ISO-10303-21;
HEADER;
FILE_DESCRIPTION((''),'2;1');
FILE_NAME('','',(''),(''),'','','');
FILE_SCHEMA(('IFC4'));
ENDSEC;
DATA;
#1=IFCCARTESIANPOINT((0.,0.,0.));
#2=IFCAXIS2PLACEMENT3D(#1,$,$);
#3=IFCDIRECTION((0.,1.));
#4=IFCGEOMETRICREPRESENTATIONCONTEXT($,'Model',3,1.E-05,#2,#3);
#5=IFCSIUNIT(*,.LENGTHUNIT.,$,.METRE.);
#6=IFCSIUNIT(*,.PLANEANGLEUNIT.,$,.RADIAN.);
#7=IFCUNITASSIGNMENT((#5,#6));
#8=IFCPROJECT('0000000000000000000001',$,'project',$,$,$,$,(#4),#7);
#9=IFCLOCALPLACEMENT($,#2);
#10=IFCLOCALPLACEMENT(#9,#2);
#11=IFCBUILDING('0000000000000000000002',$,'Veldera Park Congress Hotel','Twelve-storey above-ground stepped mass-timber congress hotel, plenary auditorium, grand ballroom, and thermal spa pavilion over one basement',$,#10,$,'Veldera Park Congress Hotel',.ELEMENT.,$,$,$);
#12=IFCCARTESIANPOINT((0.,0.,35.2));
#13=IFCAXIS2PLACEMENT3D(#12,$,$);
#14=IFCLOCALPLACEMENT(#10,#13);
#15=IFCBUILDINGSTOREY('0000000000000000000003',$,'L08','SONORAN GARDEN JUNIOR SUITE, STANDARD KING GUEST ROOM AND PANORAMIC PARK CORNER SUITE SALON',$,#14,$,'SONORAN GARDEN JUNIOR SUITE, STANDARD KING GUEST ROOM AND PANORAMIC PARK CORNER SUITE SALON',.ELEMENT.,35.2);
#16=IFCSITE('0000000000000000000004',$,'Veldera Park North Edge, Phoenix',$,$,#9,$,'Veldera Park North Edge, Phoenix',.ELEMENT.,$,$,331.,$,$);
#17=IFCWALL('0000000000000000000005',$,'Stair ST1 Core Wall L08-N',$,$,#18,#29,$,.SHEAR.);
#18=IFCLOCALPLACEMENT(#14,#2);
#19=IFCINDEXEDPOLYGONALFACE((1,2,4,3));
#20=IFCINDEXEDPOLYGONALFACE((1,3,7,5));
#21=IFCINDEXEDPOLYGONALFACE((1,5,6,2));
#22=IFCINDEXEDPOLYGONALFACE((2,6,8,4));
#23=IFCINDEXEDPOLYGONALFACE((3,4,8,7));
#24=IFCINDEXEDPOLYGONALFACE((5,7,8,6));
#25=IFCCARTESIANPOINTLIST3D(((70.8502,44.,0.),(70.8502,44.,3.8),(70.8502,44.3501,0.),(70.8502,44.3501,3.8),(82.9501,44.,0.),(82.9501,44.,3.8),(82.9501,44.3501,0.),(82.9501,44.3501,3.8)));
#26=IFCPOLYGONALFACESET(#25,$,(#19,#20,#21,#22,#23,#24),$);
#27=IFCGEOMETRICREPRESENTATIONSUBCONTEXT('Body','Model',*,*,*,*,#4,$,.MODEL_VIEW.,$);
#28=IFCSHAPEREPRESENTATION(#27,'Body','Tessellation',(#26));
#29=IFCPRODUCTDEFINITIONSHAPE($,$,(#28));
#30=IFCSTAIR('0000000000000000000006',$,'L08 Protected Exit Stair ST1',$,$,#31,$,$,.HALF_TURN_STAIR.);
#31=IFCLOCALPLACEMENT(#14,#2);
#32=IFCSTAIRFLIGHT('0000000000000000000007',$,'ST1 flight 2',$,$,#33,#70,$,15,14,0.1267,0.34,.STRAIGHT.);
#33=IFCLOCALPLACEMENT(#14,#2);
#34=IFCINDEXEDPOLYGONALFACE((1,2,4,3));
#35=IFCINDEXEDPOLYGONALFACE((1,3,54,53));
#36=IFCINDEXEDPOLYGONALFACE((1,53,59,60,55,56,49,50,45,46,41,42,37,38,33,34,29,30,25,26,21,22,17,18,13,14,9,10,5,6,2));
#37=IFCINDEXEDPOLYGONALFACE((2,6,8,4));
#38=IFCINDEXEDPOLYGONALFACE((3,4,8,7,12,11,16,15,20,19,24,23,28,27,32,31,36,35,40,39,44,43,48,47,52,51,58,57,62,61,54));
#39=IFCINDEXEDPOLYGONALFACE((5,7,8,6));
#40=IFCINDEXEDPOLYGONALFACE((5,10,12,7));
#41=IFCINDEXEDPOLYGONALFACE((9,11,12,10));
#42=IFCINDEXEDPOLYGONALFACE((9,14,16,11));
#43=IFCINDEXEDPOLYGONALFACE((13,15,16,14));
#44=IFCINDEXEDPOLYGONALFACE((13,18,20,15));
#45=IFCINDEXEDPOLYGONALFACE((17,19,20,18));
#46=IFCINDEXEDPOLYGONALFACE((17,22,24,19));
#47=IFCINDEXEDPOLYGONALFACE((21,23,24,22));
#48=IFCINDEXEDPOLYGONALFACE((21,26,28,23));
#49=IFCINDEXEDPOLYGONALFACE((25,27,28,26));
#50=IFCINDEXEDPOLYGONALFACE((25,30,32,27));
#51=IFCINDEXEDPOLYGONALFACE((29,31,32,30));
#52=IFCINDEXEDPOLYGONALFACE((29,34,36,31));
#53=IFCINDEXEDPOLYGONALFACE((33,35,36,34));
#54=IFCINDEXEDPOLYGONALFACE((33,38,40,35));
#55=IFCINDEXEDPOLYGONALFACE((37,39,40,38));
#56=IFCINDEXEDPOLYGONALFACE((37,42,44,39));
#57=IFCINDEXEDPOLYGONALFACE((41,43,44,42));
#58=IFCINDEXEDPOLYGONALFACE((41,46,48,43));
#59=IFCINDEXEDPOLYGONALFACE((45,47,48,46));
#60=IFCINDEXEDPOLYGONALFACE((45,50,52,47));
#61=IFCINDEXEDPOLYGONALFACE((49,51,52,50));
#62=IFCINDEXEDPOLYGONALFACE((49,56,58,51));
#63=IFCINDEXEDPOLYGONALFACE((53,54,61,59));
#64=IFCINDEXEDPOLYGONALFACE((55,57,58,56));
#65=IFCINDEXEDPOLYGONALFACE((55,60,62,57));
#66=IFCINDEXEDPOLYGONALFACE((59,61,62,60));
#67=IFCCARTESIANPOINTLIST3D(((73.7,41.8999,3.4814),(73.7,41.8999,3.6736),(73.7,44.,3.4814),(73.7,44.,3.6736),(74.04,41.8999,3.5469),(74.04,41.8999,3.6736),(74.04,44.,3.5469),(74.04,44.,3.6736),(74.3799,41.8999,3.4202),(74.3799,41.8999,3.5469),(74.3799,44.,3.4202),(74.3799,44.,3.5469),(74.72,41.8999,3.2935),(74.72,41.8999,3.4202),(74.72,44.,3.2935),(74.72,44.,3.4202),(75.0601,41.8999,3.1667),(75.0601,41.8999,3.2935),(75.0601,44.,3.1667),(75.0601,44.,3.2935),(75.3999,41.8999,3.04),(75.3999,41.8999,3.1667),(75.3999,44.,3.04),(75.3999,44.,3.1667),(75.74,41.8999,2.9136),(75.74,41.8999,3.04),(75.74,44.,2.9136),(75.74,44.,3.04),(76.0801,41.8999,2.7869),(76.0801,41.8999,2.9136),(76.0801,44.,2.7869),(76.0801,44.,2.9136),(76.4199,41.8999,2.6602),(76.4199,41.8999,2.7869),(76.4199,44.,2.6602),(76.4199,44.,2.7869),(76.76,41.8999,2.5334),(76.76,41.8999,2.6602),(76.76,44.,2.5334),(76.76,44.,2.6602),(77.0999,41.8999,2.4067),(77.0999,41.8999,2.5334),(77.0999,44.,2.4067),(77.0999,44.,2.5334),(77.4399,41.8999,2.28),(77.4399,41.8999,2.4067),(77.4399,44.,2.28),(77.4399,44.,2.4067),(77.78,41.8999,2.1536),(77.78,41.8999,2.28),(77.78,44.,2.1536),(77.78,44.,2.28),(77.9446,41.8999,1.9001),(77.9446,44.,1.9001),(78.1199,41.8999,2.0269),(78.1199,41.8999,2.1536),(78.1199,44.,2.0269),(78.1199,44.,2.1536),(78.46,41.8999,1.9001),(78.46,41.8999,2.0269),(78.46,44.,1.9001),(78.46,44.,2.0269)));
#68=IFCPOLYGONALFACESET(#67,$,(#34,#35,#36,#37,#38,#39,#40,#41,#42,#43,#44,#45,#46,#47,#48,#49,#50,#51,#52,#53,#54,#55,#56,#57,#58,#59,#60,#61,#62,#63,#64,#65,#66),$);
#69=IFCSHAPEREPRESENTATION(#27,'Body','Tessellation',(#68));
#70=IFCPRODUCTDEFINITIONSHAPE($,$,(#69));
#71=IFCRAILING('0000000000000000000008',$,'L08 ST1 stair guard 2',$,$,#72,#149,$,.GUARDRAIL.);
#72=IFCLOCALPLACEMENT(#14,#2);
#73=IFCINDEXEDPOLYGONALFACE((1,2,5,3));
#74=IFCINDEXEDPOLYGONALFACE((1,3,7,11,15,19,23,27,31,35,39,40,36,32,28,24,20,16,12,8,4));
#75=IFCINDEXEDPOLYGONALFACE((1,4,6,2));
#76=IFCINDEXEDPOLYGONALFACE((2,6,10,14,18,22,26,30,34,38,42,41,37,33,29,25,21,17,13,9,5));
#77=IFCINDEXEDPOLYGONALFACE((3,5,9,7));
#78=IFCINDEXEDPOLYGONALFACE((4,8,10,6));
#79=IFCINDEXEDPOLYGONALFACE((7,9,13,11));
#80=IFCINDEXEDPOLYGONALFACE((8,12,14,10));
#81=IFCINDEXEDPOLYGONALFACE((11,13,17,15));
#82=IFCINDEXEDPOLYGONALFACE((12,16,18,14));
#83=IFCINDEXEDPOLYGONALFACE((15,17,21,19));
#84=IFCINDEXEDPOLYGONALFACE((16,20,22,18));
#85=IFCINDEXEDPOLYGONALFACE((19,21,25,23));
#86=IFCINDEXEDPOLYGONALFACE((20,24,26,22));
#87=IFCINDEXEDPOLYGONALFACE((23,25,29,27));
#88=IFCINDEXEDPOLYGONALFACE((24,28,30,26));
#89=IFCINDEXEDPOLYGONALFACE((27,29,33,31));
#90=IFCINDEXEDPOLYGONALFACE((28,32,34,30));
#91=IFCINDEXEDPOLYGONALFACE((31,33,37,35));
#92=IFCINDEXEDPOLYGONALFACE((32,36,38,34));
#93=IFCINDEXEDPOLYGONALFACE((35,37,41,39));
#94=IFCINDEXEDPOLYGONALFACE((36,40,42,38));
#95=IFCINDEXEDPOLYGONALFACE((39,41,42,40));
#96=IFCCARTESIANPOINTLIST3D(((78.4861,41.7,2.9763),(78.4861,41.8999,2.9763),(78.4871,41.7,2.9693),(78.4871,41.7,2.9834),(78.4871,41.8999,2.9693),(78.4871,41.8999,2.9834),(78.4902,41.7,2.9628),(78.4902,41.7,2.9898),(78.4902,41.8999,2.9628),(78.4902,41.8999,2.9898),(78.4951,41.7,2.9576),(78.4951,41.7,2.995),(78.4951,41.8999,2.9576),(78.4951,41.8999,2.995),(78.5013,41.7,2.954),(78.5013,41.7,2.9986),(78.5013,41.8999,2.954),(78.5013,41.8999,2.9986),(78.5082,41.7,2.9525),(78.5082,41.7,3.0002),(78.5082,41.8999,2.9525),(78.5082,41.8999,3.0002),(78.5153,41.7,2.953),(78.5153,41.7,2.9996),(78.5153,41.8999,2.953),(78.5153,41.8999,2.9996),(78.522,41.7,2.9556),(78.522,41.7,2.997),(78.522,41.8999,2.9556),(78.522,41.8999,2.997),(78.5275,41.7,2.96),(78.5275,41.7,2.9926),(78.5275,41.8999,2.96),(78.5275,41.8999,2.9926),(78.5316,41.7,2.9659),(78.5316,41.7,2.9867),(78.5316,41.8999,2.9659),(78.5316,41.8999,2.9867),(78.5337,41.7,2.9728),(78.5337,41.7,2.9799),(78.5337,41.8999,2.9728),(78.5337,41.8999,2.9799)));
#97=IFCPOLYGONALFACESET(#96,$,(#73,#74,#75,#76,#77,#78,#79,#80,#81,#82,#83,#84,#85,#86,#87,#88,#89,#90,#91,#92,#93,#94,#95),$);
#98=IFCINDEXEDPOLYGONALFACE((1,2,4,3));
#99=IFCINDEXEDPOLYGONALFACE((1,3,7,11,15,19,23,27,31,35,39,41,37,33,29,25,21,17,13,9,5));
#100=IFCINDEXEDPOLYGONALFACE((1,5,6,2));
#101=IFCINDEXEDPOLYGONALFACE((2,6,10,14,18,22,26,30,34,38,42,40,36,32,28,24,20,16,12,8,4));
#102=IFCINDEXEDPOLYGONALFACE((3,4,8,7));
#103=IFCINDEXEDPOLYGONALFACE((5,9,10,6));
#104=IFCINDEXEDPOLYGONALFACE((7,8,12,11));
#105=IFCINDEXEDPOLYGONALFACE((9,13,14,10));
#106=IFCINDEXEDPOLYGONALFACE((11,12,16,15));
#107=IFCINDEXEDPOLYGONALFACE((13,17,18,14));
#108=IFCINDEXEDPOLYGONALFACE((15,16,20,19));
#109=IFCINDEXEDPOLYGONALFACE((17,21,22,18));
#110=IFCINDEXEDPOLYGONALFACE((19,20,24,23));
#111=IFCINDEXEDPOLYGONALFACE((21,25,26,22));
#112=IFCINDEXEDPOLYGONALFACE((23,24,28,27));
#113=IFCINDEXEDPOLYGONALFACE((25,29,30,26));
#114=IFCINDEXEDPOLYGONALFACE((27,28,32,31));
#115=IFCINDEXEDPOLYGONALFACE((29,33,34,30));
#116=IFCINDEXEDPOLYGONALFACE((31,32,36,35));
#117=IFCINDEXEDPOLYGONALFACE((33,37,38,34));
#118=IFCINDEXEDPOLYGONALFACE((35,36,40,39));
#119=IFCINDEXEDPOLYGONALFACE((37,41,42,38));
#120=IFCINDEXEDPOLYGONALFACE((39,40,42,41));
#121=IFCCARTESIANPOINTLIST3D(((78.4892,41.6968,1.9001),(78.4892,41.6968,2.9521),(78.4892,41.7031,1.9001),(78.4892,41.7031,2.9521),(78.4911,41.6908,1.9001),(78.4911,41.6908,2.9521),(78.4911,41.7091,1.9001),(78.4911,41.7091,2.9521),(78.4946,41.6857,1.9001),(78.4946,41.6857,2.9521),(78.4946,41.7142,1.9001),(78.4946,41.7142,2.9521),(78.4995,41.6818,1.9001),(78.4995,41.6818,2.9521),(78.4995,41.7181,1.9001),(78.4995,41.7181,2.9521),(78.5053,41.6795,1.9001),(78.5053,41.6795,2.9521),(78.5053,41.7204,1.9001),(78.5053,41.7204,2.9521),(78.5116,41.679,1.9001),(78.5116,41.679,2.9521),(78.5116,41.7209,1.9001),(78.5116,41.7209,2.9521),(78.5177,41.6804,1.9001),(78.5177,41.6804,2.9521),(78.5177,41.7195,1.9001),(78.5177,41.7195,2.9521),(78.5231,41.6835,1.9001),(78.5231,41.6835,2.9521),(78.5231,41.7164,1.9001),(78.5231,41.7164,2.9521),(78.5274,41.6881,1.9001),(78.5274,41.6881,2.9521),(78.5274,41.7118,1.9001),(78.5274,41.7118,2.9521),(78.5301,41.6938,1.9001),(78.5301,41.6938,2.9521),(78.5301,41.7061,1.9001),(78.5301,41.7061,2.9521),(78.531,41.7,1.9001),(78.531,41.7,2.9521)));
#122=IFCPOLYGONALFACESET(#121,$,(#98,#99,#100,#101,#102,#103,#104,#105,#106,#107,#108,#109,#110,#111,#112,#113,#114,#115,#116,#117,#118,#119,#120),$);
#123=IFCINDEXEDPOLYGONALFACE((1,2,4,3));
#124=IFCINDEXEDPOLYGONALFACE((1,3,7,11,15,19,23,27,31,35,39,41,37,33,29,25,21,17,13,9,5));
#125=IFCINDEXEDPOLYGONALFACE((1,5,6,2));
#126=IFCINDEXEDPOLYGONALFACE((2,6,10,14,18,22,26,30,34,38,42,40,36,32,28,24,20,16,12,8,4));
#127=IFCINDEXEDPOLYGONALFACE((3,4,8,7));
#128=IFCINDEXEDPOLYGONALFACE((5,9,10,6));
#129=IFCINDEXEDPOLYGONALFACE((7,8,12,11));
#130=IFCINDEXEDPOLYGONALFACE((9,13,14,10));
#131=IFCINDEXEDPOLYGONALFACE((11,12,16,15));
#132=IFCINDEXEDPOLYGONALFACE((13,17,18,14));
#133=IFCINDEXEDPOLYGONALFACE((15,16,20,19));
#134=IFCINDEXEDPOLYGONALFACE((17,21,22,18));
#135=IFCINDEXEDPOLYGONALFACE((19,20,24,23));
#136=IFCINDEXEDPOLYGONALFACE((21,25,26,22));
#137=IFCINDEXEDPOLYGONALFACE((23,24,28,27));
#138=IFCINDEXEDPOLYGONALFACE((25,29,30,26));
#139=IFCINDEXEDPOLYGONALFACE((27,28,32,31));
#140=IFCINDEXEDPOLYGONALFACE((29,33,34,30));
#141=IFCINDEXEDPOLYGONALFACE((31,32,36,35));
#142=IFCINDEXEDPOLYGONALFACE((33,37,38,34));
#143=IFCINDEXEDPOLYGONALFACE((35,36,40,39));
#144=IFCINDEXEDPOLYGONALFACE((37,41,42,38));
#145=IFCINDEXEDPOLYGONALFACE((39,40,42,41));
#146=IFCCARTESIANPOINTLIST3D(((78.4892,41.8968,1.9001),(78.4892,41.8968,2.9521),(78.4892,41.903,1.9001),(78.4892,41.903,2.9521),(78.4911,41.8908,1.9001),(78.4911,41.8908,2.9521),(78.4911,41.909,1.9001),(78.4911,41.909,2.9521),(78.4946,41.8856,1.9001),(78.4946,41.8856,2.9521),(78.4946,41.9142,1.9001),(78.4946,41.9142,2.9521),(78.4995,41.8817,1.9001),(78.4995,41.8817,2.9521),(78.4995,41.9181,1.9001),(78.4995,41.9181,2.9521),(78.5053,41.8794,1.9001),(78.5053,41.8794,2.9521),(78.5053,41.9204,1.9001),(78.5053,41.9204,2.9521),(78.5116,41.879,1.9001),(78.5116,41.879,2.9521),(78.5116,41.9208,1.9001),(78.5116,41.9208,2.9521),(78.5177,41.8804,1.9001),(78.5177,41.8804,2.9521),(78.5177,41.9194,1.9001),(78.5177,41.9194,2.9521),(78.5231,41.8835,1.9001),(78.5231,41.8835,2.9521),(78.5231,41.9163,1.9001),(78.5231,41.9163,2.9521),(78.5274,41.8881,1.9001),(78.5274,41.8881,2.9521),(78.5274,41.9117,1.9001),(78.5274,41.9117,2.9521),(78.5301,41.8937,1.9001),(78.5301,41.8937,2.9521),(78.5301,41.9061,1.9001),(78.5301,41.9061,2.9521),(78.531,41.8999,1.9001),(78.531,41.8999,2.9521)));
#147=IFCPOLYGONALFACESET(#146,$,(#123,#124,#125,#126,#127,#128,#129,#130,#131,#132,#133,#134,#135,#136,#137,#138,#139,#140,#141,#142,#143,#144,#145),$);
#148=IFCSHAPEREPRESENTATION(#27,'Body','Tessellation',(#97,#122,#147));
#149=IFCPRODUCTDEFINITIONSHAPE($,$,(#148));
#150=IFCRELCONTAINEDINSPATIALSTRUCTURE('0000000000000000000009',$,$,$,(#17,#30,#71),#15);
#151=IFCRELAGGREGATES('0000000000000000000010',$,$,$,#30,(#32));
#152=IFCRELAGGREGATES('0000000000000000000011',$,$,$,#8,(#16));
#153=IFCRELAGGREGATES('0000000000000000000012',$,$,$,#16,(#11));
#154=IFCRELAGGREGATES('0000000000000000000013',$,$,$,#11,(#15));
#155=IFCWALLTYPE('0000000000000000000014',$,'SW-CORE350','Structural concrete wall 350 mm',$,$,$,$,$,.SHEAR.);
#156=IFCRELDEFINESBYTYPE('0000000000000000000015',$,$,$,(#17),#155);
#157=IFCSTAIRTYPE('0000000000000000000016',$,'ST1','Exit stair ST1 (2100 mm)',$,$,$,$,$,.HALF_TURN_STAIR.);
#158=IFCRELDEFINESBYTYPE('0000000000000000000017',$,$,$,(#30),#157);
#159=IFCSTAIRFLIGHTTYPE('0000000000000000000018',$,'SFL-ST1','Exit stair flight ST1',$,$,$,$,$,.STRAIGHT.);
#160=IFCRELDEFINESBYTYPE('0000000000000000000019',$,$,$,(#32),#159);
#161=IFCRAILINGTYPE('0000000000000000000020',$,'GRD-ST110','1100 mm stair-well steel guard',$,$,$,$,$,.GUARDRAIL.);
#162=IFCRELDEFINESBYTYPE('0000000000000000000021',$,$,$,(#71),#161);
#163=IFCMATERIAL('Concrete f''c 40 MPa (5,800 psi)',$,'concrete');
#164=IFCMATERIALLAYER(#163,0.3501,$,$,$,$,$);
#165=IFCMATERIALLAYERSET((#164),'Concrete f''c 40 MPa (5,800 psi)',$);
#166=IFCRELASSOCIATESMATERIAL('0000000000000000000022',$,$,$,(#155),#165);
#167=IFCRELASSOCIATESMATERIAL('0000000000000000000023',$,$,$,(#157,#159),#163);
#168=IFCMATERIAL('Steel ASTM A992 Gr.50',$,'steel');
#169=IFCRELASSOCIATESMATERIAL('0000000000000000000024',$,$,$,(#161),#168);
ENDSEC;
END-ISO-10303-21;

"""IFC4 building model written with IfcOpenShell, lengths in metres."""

from ifc_helpers import new_model, si_unit, direction, frame, frame_2d, origin, origin_2d, place, context, subcontext, project, spatial, polyline, rectangle, circle, outline, extrude, material, layer, layer_set, type_object, element, aggregate, save


model = new_model("IFC4")

# Units and contexts
model_context = context("Model", 3, precision=1e-05, world=origin(), true_north=direction((0.0, 1.0)))
body_context = subcontext(model_context, "Body", "Model", "MODEL_VIEW")
ifc_project = project(units=[si_unit("LENGTHUNIT", "METRE"), si_unit("PLANEANGLEUNIT", "RADIAN")], contexts=[model_context])

# Site, building, storey
site_placement = place(None, origin())
site = spatial("IfcSite", under=ifc_project, at=site_placement, Name="Veldera Park North Edge, Phoenix", LongName="Veldera Park North Edge, Phoenix", CompositionType="ELEMENT", RefElevation=331.0)
building_placement = place(site_placement, origin())
building = spatial("IfcBuilding", under=site, at=building_placement, Name="Veldera Park Congress Hotel", Description="Twelve-storey above-ground stepped mass-timber congress hotel, plenary auditorium, grand ballroom, and thermal spa pavilion over one basement", LongName="Veldera Park Congress Hotel", CompositionType="ELEMENT")
storey_placement = place(building_placement, frame((0.0, 0.0, 35.2)))
storey = spatial("IfcBuildingStorey", under=building, at=storey_placement, Name="L08", Description="SONORAN GARDEN JUNIOR SUITE, STANDARD KING GUEST ROOM AND PANORAMIC PARK CORNER SUITE SALON", LongName="SONORAN GARDEN JUNIOR SUITE, STANDARD KING GUEST ROOM AND PANORAMIC PARK CORNER SUITE SALON", CompositionType="ELEMENT", Elevation=35.2)

# Wall
ifc_material_1 = material(Name="Concrete f'c 40 MPa (5,800 psi)", Category="concrete")
ifc_layer_1 = layer(ifc_material_1, 0.3501)
ifc_layer_set_1 = layer_set([ifc_layer_1], Name="Concrete f'c 40 MPa (5,800 psi)")
wall_type_1 = type_object("IfcWallType", Name="SW-CORE350", Description="Structural concrete wall 350 mm", PredefinedType="SHEAR", material=ifc_layer_set_1)
wall_1_placement = place(storey_placement, frame((82.95, 44.175, 0.0), z_axis=(0.0, 0.0, 1.0), x_axis=(-1.0, 0.0, 0.0)))
element("IfcWall", 1, at=wall_1_placement, inside=storey, type_object=wall_type_1, Name="Stair ST1 Core Wall L08-N", PredefinedType="SHEAR", context=body_context, shape_type="SweptSolid", body=[
    extrude(rectangle(XDim=12.0999, YDim=0.3501, at=frame_2d((6.0498, 0.0))), origin(), (0.0, 0.0, 1.0), 3.8),
])

# Stair, stair flight
stair_type = type_object("IfcStairType", Name="ST1", Description="Exit stair ST1 (2100 mm)", PredefinedType="HALF_TURN_STAIR", material=ifc_material_1)
stair_placement = place(storey_placement, origin())
stair = element("IfcStair", 2, at=stair_placement, inside=storey, type_object=stair_type, Name="L08 Protected Exit Stair ST1", PredefinedType="HALF_TURN_STAIR")
stair_flight_type = type_object("IfcStairFlightType", Name="SFL-ST1", Description="Exit stair flight ST1", PredefinedType="STRAIGHT", material=ifc_material_1)
stair_flight_placement = place(storey_placement, frame((78.46, 42.95, 1.9001), z_axis=(0.0, 0.0, 1.0), x_axis=(-1.0, 0.0, 0.0)))
stair_flight = element("IfcStairFlight", 3, at=stair_flight_placement, type_object=stair_flight_type, Name="ST1 flight 2", NumberOfRisers=15, NumberOfTreads=14, PredefinedType="STRAIGHT", RiserHeight=0.1267, TreadLength=0.34, context=body_context, shape_type="SweptSolid", body=[
    extrude(outline(polyline([(0.0, 0.0), (0.0, 0.1267), (0.3401, 0.1267), (0.3401, 0.2534), (0.6799, 0.2534), (0.6799, 0.3799), (1.02, 0.3799), (1.02, 0.5066), (1.3601, 0.5066), (1.3601, 0.6333), (1.7, 0.6333), (1.7, 0.76), (2.04, 0.76), (2.04, 0.8867), (2.3799, 0.8867), (2.3799, 1.0134), (2.72, 1.0134), (2.72, 1.1399), (3.0601, 1.1399), (3.0601, 1.2666), (3.3999, 1.2666), (3.3999, 1.3933), (3.74, 1.3933), (3.74, 1.52), (4.0801, 1.52), (4.0801, 1.6467), (4.4199, 1.6467), (4.4199, 1.7734), (4.76, 1.7734), (4.76, 1.8999), (4.76, 1.8999), (4.76, 1.5813), (0.5154, 0.0), (0.0, 0.0)])), frame((0.0, 1.05, 0.0), z_axis=(0.0, -1.0, 0.0), x_axis=(1.0, 0.0, 0.0)), (0.0, 0.0, 1.0), 2.1001),
])
aggregate(stair, [stair_flight])

# Railing
ifc_material_2 = material(Name="Steel ASTM A992 Gr.50", Category="steel")
railing_type_1 = type_object("IfcRailingType", Name="GRD-ST110", Description="1100 mm stair-well steel guard", PredefinedType="GUARDRAIL", material=ifc_material_2)
railing_1_placement = place(storey_placement, frame((78.51, 41.7, 1.9001)))
element("IfcRailing", 4, at=railing_1_placement, inside=storey, type_object=railing_type_1, Name="L08 ST1 stair guard 2", PredefinedType="GUARDRAIL", context=body_context, shape_type="SweptSolid", body=[
    extrude(circle(Radius=0.0239, at=origin_2d()), frame((0.0, 0.0, 1.0762), z_axis=(0.0, 1.0, 0.0), x_axis=(-1.0, 0.0, 0.0)), (0.0, 0.0, 1.0), 0.2),
    extrude(circle(Radius=0.021, at=origin_2d()), origin(), (0.0, 0.0, 1.0), 1.052),
    extrude(circle(Radius=0.021, at=origin_2d()), frame((0.0, 0.2, 0.0)), (0.0, 0.0, 1.0), 1.052),
])

save(model, "model.ifc")
